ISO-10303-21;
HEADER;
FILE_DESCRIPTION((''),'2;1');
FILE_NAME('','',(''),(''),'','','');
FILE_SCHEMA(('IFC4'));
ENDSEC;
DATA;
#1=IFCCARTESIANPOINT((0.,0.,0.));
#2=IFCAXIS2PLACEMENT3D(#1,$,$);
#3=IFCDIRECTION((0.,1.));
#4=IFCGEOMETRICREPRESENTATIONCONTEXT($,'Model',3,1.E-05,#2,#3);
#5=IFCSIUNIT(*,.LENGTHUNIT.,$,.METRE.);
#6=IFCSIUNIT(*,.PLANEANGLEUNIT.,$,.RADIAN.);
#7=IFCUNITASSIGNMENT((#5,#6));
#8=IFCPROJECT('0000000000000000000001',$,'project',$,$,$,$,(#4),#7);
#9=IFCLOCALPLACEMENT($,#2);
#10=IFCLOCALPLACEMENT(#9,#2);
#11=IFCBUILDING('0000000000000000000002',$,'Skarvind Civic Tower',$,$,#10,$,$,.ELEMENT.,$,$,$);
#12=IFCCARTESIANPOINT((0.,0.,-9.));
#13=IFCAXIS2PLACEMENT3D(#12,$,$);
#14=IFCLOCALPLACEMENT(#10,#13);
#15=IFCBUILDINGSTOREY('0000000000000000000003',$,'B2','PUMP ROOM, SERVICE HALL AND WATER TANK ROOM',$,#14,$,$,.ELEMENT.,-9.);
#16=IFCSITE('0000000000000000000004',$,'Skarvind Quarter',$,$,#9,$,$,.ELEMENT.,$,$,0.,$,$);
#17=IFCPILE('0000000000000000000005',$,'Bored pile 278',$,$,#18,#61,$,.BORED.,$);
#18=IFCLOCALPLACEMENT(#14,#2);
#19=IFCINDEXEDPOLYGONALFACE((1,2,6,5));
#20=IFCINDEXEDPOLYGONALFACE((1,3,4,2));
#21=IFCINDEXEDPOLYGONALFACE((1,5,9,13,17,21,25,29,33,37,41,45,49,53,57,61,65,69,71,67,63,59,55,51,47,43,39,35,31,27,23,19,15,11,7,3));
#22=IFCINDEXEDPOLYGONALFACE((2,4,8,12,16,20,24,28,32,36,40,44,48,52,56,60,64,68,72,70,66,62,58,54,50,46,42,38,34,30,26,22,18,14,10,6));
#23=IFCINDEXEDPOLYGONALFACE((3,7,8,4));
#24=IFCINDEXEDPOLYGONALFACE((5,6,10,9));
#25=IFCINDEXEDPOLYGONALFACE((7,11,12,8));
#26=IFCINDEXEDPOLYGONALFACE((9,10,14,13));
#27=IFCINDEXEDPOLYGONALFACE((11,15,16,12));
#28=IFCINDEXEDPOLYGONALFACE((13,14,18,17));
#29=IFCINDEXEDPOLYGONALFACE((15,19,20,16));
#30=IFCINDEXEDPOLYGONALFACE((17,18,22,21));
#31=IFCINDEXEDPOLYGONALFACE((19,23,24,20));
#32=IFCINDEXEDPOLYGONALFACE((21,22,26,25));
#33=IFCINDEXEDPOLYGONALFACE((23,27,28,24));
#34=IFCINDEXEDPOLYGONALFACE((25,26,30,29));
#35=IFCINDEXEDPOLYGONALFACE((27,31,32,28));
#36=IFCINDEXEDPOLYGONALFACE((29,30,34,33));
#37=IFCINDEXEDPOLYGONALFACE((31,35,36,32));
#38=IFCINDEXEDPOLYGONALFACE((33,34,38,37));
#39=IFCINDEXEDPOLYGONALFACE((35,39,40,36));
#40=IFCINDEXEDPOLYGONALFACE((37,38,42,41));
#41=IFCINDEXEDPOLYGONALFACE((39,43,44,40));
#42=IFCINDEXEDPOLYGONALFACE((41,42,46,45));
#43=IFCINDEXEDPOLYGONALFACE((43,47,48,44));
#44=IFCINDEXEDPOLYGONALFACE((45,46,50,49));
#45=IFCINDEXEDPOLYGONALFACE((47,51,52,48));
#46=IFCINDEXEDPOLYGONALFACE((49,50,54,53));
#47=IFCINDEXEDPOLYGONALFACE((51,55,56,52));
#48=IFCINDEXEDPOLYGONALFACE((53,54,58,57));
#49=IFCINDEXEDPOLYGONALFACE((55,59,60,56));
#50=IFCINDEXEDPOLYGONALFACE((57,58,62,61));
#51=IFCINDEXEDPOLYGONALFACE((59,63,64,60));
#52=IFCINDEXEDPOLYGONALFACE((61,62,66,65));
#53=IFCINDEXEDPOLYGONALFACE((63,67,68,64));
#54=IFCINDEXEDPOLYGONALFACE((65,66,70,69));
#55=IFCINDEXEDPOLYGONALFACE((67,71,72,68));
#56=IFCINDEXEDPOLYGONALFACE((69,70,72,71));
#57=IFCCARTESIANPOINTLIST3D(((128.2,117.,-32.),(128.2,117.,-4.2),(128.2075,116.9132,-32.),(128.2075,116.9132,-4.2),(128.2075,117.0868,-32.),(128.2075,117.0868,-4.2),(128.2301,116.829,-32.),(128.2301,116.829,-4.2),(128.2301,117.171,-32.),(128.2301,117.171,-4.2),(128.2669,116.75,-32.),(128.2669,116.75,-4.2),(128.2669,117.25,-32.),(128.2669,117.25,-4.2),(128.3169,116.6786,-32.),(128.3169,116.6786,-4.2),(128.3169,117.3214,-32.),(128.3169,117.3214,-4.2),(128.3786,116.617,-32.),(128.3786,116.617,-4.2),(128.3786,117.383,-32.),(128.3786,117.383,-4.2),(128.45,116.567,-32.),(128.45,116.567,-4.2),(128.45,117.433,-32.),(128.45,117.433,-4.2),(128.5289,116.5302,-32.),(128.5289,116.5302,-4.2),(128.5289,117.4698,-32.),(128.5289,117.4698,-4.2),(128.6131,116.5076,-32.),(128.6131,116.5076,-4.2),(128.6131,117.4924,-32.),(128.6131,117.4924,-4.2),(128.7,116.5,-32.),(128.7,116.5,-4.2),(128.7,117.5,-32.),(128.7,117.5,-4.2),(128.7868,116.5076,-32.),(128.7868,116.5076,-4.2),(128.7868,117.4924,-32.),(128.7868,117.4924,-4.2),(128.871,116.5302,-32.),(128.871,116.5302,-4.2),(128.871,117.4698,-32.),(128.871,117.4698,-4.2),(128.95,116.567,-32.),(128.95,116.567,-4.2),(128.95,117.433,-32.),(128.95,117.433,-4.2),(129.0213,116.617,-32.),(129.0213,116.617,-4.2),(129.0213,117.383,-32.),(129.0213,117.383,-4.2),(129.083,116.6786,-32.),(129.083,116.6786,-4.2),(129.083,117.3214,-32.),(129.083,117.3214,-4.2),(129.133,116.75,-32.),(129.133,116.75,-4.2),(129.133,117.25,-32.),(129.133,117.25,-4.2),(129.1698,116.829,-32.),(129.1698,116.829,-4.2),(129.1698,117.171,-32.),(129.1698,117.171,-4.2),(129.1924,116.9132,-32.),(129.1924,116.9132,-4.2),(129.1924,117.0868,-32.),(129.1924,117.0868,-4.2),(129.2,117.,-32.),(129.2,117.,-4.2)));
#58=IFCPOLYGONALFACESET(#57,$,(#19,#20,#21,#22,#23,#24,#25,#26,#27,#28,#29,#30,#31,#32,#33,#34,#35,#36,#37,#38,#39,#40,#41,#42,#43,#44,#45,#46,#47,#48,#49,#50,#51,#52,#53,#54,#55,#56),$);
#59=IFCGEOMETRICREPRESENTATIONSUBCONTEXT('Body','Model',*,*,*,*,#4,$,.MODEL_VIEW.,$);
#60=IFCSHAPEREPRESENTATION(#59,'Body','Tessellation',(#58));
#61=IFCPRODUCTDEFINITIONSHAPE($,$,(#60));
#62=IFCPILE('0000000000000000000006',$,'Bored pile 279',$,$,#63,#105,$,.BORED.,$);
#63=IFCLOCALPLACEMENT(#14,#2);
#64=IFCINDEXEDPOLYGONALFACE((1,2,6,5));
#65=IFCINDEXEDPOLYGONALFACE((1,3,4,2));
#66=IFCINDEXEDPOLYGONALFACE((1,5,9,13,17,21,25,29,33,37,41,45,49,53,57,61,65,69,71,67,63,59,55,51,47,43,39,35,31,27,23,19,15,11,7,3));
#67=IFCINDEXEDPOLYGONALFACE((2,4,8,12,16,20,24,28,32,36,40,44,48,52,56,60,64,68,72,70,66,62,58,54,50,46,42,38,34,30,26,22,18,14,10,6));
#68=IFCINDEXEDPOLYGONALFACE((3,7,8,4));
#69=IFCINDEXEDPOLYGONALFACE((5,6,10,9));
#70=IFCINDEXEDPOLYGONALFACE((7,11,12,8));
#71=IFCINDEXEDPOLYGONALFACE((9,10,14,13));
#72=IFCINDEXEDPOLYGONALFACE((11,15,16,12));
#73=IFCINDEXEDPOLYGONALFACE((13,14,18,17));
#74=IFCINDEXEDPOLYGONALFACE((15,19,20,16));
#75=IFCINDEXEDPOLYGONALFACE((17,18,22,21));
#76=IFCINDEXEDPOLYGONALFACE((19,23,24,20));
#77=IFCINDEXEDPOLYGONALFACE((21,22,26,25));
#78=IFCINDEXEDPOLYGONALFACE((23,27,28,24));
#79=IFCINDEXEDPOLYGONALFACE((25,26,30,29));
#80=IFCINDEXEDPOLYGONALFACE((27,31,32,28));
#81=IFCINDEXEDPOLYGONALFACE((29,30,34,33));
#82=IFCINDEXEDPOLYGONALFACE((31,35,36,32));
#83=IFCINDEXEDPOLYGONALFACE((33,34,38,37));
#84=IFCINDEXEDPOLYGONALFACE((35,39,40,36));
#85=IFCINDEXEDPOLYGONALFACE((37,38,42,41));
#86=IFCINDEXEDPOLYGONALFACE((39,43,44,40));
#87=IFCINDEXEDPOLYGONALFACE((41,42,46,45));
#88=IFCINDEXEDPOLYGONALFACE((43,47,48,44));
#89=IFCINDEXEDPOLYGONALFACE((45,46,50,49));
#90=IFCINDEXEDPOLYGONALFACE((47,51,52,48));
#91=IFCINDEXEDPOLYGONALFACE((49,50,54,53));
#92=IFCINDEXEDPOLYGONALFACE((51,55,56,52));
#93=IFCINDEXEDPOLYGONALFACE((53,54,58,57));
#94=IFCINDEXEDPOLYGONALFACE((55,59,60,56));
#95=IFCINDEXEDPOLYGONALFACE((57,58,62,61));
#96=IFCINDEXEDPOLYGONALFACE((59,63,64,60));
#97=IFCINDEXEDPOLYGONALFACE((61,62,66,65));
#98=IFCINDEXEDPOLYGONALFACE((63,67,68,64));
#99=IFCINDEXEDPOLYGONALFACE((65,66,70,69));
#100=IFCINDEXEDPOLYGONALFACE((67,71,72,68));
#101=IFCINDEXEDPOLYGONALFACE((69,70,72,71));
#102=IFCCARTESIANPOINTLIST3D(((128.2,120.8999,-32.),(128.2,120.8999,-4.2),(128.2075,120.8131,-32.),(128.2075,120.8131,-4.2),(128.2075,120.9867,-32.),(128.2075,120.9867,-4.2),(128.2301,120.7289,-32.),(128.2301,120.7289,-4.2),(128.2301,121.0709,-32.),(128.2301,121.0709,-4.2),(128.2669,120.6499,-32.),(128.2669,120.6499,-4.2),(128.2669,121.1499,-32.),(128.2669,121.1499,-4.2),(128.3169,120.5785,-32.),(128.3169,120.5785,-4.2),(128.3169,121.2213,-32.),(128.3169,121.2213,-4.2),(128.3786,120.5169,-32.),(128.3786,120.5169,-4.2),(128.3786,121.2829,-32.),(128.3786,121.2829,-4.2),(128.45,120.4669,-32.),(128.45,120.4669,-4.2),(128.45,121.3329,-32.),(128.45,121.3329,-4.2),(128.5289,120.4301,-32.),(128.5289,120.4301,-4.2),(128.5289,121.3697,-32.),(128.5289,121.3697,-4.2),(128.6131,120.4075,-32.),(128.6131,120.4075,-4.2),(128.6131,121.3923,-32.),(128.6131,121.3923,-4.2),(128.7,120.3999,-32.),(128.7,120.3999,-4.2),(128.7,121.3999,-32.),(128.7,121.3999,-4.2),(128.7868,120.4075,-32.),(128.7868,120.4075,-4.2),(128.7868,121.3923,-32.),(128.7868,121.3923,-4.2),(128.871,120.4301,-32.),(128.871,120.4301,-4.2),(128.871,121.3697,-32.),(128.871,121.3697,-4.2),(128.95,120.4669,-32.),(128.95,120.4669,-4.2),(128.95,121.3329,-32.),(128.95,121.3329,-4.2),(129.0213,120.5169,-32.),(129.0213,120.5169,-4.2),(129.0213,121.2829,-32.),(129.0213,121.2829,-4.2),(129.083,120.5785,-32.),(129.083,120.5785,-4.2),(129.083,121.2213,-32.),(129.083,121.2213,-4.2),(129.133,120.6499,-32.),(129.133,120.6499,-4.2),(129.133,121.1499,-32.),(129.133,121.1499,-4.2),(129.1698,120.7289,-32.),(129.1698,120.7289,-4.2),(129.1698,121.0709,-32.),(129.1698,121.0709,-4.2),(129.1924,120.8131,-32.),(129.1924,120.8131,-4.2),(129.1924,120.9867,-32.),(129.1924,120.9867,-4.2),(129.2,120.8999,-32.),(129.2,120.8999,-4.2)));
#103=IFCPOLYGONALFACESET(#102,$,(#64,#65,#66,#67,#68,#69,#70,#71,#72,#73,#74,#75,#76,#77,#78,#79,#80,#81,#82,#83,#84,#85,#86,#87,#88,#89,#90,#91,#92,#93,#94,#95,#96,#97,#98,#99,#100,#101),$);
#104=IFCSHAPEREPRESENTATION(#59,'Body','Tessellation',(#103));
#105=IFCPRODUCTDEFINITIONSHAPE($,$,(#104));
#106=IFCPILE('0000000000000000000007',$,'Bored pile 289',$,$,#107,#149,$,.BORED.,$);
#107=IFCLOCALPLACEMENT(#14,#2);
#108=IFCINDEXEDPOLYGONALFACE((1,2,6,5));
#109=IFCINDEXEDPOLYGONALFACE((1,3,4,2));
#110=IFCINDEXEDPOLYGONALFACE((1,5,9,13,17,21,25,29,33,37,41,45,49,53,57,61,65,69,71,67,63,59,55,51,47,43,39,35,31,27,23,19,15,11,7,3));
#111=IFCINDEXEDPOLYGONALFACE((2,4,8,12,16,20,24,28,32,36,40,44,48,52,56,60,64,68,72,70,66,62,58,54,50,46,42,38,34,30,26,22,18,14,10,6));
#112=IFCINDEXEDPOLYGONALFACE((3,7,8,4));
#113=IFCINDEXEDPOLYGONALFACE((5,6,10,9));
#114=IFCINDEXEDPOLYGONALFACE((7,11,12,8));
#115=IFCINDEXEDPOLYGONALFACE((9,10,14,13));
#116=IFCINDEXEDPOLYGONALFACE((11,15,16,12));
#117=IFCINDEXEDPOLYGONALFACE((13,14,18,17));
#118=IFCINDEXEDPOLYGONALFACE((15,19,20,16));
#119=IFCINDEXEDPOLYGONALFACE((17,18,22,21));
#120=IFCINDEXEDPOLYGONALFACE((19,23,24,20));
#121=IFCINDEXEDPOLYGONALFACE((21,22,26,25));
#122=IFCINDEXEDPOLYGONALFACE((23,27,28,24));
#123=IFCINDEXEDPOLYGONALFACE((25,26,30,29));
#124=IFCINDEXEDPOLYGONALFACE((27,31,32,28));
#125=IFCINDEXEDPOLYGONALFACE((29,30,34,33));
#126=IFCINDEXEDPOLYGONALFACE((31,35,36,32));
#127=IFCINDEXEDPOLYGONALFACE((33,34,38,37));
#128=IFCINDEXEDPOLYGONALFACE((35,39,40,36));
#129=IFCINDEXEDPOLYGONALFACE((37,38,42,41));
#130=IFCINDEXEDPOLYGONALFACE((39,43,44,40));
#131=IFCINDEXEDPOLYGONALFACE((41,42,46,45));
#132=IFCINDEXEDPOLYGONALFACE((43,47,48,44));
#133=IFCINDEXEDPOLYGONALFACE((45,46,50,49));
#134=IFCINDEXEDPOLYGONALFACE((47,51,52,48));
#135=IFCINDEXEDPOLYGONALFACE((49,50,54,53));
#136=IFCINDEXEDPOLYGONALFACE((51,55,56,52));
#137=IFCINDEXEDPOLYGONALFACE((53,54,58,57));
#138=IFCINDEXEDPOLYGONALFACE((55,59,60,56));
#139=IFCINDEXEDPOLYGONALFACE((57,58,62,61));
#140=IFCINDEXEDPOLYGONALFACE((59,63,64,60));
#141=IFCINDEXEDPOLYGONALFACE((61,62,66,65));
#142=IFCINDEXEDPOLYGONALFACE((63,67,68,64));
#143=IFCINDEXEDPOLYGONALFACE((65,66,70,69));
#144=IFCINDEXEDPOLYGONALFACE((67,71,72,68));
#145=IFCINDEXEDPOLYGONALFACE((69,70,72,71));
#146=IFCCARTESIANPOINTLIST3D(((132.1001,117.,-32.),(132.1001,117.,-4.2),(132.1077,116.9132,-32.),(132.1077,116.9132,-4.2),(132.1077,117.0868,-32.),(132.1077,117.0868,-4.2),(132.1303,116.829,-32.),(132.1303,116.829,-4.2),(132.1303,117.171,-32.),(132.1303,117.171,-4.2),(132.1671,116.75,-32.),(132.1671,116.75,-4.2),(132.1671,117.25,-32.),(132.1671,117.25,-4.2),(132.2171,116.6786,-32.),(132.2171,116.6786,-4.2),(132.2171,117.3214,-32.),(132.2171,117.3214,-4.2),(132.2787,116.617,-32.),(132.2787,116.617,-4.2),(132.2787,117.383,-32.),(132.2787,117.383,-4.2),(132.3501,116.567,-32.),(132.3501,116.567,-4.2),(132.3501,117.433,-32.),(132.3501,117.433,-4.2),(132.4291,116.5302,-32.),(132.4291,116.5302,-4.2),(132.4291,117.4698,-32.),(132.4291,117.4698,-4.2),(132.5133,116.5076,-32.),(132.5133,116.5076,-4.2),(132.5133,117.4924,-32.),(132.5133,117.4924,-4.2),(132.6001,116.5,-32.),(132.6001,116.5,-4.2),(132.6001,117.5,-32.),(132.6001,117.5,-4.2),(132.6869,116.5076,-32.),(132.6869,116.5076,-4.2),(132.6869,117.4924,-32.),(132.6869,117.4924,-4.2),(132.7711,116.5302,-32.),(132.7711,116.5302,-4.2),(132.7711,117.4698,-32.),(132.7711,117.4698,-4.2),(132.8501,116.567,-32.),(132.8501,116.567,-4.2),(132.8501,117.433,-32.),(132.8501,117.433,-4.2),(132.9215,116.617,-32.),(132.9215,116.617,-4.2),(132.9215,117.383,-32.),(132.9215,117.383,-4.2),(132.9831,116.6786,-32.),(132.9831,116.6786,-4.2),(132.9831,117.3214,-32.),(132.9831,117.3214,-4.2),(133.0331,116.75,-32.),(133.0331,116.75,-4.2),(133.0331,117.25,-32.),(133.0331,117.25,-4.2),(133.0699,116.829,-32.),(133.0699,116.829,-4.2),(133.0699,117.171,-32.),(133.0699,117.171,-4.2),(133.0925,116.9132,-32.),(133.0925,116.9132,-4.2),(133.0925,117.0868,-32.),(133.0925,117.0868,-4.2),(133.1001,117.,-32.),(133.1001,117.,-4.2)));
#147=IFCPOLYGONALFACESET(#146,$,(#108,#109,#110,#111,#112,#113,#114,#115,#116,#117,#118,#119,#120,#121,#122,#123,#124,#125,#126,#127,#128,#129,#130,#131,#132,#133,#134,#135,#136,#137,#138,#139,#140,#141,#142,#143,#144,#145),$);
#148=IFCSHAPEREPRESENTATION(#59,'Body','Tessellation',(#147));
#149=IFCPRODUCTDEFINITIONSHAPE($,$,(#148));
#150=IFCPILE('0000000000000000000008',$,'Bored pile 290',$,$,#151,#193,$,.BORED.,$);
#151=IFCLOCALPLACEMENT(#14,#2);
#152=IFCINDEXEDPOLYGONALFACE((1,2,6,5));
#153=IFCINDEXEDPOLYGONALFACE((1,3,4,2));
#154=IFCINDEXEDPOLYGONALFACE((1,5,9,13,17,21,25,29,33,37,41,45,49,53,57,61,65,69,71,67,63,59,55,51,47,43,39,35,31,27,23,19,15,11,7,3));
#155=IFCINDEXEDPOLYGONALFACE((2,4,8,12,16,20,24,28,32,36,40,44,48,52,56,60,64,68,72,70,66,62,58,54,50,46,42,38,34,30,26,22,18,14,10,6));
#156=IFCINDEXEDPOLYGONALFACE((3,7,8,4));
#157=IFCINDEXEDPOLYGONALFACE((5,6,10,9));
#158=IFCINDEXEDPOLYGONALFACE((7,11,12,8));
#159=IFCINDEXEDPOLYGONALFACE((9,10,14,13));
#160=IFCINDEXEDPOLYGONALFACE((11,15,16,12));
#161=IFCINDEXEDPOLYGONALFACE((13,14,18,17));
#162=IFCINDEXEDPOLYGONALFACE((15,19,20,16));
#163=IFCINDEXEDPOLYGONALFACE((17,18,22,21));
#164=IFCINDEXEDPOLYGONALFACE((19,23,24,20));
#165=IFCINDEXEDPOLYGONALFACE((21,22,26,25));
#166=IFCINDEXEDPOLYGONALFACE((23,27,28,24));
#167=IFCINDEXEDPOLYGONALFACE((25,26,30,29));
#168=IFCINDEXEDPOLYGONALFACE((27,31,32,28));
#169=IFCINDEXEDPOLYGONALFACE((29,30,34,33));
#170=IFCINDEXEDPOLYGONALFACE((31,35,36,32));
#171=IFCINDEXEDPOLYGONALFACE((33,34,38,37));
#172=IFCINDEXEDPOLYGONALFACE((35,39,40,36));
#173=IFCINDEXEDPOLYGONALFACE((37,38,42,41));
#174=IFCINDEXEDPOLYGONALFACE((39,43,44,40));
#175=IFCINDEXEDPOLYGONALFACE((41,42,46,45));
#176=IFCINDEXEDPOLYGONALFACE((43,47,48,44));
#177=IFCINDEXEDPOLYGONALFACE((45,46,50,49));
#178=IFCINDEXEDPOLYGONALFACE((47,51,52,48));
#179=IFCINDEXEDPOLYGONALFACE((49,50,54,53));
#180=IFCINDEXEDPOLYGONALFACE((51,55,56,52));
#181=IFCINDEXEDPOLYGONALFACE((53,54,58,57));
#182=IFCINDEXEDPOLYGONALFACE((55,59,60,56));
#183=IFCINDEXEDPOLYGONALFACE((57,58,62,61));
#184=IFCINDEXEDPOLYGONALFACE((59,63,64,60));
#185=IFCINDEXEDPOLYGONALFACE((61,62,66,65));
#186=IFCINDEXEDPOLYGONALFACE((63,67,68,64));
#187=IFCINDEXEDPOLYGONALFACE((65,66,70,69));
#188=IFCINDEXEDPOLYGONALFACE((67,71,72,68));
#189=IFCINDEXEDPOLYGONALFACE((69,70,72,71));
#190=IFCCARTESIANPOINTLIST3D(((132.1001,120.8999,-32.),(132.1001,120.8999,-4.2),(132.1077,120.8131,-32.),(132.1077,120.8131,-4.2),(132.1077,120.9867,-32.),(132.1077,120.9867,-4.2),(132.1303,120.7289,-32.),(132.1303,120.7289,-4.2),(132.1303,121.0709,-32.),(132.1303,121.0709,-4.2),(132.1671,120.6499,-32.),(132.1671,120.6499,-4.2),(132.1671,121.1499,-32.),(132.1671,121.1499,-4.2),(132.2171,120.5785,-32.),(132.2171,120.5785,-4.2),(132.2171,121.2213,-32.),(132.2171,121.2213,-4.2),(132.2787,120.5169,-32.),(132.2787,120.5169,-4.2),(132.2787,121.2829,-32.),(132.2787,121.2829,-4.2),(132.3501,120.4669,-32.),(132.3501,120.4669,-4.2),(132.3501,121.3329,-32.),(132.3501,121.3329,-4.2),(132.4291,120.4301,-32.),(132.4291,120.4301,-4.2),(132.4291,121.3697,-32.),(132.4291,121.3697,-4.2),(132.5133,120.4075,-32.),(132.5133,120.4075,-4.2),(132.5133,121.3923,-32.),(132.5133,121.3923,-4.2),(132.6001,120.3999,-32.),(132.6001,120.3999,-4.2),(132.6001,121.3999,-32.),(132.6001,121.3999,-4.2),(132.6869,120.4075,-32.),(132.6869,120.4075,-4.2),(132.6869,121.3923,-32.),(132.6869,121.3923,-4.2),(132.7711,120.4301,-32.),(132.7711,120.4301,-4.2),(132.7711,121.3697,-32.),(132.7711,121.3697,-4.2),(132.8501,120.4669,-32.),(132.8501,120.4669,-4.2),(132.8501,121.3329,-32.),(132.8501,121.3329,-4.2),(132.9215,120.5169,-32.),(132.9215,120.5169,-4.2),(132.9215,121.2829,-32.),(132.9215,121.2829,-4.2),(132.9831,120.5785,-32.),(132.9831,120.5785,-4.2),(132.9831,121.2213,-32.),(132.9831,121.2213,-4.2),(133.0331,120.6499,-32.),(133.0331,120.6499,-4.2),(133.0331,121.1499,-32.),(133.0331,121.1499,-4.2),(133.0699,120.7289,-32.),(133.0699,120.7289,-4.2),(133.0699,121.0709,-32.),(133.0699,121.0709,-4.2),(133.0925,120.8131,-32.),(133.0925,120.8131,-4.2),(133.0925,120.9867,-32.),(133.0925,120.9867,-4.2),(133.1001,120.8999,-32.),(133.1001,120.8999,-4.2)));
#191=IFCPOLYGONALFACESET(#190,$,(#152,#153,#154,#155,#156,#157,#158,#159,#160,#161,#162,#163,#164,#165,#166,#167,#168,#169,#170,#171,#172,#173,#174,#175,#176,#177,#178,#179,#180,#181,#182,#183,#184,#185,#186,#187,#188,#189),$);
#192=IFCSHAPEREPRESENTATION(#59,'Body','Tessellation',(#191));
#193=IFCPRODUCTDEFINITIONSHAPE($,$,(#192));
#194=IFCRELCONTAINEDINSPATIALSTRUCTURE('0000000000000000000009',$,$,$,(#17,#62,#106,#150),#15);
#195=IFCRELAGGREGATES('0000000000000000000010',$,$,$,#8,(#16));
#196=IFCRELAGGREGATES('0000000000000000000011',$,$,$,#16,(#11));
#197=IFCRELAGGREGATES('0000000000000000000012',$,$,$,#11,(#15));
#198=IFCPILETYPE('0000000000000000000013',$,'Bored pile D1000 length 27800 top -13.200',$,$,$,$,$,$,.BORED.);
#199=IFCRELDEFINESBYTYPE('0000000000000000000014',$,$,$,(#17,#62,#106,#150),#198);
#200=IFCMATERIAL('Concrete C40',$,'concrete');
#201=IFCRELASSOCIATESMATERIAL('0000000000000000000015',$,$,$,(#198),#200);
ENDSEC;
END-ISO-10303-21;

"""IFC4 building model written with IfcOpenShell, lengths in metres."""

from ifc_helpers import new_model, si_unit, direction, frame, origin, origin_2d, place, context, subcontext, project, spatial, circle, extrude, material, type_object, element, save


model = new_model("IFC4")

# Units and contexts
model_context = context("Model", 3, precision=1e-05, world=origin(), true_north=direction((0.0, 1.0)))
body_context = subcontext(model_context, "Body", "Model", "MODEL_VIEW")
ifc_project = project(units=[si_unit("LENGTHUNIT", "METRE"), si_unit("PLANEANGLEUNIT", "RADIAN")], contexts=[model_context])

# Site, building, storey
site_placement = place(None, origin())
site = spatial("IfcSite", under=ifc_project, at=site_placement, Name="Skarvind Quarter", CompositionType="ELEMENT", RefElevation=0.0)
building_placement = place(site_placement, origin())
building = spatial("IfcBuilding", under=site, at=building_placement, Name="Skarvind Civic Tower", CompositionType="ELEMENT")
storey_placement = place(building_placement, frame((0.0, 0.0, -9.0)))
storey = spatial("IfcBuildingStorey", under=building, at=storey_placement, Name="B2", Description="PUMP ROOM, SERVICE HALL AND WATER TANK ROOM", CompositionType="ELEMENT", Elevation=-9.0)

# Piles
ifc_material_1 = material(Name="Concrete C40", Category="concrete")
pile_type_1 = type_object("IfcPileType", Name="Bored pile D1000 length 27800 top -13.200", PredefinedType="BORED", material=ifc_material_1)
for number, where, z_axis, x_axis, name in (
    (1, (128.7, 117.0, -4.2), (0.0, 0.0, -1.0), (1.0, 0.0, 0.0), "Bored pile 278"),
    (2, (128.7, 120.8999, -4.2), (0.0, 0.0, -1.0), (1.0, 0.0, 0.0), "Bored pile 279"),
    (3, (132.6001, 117.0, -4.2), (0.0, 0.0, -1.0), (1.0, 0.0, 0.0), "Bored pile 289"),
    (4, (132.6001, 120.8999, -4.2), (0.0, 0.0, -1.0), (1.0, 0.0, 0.0), "Bored pile 290"),
):
    element("IfcPile", number, at=place(storey_placement, frame(where, z_axis=z_axis, x_axis=x_axis)), inside=storey, type_object=pile_type_1, Name=name, PredefinedType="BORED", context=body_context, shape_type="SweptSolid", body=[
        extrude(circle(Radius=0.5, at=origin_2d()), origin(), (0.0, 0.0, 1.0), 27.8),
    ])

save(model, "model.ifc")
